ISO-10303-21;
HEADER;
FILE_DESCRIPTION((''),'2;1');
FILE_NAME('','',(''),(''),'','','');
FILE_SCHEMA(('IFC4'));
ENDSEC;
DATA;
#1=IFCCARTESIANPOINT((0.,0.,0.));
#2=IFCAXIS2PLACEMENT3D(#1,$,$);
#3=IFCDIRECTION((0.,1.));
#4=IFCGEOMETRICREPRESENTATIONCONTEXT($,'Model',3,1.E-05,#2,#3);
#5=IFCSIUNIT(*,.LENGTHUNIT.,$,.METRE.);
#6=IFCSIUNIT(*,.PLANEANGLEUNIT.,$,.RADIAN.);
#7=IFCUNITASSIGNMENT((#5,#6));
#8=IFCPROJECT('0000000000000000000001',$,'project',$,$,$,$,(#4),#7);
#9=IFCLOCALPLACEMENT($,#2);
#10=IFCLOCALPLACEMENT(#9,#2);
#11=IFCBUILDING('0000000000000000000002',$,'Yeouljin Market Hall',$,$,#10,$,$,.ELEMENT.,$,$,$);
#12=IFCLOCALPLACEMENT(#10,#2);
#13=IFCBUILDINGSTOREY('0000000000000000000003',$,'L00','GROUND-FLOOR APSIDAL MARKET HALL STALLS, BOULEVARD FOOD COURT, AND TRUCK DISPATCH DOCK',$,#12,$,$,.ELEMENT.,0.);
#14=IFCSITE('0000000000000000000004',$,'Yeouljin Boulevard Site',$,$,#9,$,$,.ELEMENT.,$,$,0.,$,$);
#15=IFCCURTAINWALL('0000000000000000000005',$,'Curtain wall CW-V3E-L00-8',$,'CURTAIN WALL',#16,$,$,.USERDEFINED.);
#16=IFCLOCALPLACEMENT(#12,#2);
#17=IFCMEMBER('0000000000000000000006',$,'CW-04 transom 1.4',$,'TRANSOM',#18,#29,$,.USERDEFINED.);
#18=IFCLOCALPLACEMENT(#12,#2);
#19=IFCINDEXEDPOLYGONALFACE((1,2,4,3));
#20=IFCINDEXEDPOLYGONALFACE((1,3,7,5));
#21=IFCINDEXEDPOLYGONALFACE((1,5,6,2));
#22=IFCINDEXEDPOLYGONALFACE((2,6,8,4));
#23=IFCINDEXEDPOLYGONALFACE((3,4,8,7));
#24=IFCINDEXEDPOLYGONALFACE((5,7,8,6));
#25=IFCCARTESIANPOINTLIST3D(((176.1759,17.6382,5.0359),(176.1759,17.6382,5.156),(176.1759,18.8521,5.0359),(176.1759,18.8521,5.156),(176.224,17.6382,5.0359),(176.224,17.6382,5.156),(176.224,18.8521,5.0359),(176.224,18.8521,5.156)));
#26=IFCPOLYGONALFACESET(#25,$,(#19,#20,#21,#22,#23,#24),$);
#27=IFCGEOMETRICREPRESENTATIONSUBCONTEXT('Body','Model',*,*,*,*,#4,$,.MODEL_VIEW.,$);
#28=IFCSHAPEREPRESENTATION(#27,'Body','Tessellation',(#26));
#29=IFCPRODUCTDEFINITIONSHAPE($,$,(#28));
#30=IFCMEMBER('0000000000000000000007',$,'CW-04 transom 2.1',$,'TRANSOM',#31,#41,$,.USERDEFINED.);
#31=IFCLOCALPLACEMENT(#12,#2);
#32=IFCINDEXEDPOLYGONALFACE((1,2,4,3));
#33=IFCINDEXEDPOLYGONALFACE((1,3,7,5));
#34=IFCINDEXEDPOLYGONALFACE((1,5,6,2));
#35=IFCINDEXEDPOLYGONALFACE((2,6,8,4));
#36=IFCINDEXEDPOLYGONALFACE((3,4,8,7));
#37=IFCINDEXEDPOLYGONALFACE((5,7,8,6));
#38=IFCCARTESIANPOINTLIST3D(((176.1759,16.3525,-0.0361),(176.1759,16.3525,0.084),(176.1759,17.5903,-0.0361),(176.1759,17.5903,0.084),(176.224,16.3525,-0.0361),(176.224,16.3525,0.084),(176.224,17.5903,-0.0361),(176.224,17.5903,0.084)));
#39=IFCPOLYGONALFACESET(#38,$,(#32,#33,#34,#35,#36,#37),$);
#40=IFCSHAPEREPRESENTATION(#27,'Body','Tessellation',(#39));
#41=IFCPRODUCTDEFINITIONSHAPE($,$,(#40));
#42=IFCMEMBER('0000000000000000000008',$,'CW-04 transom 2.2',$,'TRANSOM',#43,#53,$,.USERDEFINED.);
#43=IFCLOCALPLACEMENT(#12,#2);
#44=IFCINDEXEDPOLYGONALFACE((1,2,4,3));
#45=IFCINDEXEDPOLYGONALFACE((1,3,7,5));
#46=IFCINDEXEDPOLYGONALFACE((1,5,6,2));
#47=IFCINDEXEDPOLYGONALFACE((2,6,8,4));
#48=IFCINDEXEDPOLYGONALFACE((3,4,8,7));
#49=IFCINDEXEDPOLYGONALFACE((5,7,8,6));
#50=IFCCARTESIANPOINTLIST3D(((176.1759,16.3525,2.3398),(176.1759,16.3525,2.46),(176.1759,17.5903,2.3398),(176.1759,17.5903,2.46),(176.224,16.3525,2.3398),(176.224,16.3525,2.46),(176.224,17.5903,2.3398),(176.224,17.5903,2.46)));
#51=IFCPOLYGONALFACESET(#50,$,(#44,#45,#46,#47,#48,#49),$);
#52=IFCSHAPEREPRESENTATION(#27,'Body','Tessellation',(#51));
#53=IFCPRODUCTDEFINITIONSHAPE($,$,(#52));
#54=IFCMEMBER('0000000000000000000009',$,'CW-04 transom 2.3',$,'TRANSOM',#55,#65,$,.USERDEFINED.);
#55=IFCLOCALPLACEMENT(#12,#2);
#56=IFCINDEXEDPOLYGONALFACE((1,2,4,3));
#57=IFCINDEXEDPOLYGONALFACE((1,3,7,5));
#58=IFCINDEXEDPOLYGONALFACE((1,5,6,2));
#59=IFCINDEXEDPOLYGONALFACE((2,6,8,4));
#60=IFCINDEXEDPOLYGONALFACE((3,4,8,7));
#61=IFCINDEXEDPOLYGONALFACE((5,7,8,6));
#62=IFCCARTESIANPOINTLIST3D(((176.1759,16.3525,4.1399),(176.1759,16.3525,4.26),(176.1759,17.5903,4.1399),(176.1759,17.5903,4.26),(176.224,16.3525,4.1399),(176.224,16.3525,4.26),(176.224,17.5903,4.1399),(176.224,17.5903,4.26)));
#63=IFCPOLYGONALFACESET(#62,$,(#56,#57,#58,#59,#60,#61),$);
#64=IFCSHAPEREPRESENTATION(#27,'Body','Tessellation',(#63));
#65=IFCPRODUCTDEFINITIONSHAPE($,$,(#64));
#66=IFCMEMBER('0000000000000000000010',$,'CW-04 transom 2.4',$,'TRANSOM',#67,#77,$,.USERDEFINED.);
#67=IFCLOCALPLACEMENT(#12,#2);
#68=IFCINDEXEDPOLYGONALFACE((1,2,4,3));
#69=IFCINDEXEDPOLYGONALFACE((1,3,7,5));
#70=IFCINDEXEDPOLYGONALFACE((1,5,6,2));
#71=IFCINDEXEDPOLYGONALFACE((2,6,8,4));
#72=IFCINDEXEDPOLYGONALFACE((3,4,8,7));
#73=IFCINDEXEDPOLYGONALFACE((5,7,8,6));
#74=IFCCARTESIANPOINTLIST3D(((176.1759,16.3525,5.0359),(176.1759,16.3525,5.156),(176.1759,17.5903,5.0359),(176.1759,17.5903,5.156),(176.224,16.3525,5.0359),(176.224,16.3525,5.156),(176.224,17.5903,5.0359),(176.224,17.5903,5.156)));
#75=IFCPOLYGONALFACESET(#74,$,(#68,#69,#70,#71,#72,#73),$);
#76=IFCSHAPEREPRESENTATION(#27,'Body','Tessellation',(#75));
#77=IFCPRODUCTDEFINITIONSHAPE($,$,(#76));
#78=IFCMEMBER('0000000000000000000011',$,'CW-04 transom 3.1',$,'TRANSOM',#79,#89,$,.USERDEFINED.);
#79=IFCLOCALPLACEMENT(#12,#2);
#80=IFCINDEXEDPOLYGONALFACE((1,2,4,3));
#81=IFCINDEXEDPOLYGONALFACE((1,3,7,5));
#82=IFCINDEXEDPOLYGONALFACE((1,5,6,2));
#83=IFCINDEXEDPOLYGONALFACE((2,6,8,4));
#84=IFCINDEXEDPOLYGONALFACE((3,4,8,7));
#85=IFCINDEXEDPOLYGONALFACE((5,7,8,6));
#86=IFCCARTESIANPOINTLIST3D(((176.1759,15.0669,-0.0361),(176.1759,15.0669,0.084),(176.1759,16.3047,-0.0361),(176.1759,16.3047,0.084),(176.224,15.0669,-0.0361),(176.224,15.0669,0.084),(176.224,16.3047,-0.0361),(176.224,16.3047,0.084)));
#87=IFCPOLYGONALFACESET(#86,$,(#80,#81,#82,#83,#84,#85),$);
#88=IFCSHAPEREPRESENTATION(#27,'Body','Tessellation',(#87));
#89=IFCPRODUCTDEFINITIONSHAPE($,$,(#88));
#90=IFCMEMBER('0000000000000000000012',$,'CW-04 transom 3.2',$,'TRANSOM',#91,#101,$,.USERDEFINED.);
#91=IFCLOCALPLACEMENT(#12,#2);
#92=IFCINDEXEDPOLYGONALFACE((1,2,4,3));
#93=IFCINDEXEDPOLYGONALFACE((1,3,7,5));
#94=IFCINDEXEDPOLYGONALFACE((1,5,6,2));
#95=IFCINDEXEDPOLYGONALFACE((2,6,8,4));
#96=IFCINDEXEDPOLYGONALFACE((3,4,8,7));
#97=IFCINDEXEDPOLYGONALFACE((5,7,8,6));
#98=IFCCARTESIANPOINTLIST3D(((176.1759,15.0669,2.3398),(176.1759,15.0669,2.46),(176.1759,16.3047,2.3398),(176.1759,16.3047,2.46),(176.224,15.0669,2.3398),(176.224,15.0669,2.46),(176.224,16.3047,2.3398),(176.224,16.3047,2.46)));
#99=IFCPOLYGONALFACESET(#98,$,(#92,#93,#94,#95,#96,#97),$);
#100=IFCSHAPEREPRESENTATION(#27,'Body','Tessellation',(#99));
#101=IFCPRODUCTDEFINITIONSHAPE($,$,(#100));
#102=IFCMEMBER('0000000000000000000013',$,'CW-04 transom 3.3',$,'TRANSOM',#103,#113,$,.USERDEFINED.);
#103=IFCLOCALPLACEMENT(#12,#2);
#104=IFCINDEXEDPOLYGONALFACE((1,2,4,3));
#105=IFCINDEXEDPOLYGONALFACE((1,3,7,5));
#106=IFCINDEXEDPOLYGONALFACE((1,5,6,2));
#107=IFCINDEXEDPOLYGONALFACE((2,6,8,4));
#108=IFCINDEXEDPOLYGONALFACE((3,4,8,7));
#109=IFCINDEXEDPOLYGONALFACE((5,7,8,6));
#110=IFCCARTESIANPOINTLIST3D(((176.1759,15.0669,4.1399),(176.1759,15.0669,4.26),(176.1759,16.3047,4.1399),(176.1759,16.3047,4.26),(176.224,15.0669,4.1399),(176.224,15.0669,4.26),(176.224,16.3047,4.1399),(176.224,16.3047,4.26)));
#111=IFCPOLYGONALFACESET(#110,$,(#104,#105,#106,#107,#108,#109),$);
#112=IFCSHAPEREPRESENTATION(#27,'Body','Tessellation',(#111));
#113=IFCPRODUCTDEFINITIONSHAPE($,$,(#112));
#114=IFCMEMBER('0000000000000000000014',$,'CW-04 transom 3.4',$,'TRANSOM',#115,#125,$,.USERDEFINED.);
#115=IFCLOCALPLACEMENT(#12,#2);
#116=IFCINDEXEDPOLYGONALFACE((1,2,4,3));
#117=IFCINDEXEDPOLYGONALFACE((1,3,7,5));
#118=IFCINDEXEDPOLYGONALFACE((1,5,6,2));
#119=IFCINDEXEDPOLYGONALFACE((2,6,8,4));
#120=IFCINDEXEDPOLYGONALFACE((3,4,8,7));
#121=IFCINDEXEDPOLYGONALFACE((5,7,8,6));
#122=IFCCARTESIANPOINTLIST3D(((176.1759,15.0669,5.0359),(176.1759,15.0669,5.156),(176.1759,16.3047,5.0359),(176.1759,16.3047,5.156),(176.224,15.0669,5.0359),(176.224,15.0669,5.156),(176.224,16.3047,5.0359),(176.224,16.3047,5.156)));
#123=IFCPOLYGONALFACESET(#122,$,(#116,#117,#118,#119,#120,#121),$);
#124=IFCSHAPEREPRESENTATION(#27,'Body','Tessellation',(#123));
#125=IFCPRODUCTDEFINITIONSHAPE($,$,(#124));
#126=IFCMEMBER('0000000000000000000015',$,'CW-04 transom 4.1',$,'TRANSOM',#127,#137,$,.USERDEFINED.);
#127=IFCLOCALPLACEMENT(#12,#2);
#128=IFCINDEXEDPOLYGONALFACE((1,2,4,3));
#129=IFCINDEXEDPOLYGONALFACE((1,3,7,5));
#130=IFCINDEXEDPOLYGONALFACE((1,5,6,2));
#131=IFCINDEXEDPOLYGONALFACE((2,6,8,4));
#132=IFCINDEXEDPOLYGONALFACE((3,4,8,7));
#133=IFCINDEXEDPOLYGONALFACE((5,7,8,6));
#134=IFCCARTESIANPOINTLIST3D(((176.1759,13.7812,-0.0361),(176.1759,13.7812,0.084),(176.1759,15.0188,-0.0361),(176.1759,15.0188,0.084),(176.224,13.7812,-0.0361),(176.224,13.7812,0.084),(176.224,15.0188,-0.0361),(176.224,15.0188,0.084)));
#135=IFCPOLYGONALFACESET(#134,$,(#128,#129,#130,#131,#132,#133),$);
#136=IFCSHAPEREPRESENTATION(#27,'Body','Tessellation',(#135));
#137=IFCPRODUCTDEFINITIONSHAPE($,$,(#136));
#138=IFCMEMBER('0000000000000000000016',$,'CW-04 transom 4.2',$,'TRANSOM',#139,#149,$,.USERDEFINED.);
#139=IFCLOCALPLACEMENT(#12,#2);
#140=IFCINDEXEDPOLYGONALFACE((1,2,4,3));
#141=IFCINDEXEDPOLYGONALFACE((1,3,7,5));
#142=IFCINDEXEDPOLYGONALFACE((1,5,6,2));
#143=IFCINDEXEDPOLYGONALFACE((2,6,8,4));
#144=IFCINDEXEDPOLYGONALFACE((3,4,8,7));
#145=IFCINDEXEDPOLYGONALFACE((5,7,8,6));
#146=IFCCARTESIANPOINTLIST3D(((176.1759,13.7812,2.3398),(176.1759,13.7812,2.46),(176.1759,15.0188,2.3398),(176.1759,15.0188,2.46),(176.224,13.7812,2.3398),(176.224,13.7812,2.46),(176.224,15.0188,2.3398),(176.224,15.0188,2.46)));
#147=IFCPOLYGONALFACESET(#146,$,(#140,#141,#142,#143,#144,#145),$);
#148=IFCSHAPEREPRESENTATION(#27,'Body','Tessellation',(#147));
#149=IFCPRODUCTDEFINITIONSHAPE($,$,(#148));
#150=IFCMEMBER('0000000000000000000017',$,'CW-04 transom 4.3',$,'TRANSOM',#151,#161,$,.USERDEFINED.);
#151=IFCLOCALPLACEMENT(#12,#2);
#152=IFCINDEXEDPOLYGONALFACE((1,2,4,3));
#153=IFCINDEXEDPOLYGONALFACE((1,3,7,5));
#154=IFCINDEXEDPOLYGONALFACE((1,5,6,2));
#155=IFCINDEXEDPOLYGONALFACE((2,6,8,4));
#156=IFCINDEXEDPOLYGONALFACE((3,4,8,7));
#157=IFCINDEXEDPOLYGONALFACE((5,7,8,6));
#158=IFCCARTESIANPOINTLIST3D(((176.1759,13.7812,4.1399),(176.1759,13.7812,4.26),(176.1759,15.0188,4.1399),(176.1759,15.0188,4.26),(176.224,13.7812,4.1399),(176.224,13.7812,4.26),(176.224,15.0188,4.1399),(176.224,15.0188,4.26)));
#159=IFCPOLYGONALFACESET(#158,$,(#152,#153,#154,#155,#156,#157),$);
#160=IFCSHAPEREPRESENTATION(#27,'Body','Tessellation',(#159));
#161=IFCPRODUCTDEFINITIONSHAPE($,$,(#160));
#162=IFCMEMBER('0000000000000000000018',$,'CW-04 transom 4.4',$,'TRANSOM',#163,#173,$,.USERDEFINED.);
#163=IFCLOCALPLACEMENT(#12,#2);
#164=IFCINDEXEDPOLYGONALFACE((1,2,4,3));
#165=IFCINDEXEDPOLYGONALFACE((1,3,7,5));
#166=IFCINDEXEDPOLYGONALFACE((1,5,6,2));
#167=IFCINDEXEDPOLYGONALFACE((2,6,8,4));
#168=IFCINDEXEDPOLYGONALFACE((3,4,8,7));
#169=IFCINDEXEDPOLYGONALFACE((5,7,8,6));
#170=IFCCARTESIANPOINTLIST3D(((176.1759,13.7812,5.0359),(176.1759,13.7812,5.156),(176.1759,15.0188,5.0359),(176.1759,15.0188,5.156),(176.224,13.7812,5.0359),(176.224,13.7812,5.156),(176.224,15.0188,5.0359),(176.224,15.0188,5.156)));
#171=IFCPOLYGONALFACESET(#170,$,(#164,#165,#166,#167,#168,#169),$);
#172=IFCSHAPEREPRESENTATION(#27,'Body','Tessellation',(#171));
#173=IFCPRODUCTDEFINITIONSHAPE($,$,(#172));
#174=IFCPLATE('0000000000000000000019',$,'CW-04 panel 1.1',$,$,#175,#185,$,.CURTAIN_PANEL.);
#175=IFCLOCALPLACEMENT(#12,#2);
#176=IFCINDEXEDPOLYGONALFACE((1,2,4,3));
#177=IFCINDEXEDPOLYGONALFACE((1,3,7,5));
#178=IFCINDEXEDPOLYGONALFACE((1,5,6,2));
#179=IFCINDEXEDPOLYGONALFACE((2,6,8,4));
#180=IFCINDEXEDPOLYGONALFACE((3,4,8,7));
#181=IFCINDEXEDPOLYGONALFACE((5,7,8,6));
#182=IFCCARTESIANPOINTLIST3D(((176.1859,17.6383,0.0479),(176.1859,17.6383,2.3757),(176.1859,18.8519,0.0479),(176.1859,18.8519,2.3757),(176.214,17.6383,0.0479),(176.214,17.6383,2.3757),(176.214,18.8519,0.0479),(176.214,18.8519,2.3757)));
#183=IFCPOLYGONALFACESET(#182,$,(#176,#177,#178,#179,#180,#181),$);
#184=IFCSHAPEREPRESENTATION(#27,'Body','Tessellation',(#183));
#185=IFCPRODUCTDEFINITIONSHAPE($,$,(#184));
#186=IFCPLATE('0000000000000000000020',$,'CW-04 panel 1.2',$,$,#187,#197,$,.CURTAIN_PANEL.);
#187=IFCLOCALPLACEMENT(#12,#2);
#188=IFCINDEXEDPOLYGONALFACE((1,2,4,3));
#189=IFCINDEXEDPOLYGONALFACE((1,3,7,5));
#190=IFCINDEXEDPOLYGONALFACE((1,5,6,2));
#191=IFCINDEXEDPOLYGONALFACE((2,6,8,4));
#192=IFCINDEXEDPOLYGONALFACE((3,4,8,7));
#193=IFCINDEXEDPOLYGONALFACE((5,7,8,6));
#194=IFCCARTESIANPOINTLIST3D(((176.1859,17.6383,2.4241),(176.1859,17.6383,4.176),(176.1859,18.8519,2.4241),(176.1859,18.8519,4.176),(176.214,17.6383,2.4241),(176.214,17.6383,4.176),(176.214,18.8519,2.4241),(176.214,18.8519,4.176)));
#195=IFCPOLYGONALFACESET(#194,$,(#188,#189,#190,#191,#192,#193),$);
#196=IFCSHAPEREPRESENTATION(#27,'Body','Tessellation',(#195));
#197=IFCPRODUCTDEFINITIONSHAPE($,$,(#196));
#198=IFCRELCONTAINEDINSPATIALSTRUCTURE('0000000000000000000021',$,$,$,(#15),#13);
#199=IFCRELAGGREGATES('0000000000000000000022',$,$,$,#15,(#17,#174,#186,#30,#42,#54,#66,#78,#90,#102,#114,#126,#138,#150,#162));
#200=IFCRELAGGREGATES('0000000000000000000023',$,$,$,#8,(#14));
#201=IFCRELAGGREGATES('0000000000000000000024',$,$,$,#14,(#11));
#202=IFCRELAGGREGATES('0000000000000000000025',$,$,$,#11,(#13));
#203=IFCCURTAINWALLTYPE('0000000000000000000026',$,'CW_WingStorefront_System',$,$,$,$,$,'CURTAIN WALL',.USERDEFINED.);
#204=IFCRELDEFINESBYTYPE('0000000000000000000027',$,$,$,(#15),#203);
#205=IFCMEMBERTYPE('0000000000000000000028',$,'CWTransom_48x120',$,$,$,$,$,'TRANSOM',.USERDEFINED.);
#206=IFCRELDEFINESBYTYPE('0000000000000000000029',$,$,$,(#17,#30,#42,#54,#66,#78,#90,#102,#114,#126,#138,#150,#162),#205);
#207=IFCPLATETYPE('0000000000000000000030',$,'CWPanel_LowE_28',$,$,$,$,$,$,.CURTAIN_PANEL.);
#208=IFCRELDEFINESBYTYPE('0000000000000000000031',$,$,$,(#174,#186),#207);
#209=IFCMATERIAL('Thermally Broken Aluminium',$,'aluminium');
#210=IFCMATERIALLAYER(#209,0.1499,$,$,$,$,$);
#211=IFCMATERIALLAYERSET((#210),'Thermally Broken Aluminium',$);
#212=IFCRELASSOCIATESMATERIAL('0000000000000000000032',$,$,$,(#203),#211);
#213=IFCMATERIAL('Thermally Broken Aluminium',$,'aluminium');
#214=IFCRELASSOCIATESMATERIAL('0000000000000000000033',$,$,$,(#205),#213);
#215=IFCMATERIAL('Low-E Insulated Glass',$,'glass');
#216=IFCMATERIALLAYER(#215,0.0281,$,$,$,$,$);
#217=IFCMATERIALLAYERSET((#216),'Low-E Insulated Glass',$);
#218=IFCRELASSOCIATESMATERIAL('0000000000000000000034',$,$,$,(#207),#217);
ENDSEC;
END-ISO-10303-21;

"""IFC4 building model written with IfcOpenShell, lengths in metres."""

from ifc_helpers import new_model, si_unit, direction, frame, origin, origin_2d, place, context, subcontext, project, spatial, rectangle, extrude, material, layer, layer_set, material_profile, profile_set, type_object, element, aggregate, save


model = new_model("IFC4")

# Units and contexts
model_context = context("Model", 3, precision=1e-05, world=origin(), true_north=direction((0.0, 1.0)))
body_context = subcontext(model_context, "Body", "Model", "MODEL_VIEW")
ifc_project = project(units=[si_unit("LENGTHUNIT", "METRE"), si_unit("PLANEANGLEUNIT", "RADIAN")], contexts=[model_context])

# Site, building, storey
site_placement = place(None, origin())
site = spatial("IfcSite", under=ifc_project, at=site_placement, Name="Yeouljin Boulevard Site", CompositionType="ELEMENT", RefElevation=0.0)
building_placement = place(site_placement, origin())
building = spatial("IfcBuilding", under=site, at=building_placement, Name="Yeouljin Market Hall", CompositionType="ELEMENT")
storey_placement = place(building_placement, origin())
storey = spatial("IfcBuildingStorey", under=building, at=storey_placement, Name="L00", Description="GROUND-FLOOR APSIDAL MARKET HALL STALLS, BOULEVARD FOOD COURT, AND TRUCK DISPATCH DOCK", CompositionType="ELEMENT", Elevation=0.0)

# Curtain wall, members, plates
ifc_material_1 = material(Name="Thermally Broken Aluminium", Category="aluminium")
ifc_layer_1 = layer(ifc_material_1, 0.1499)
ifc_layer_set_1 = layer_set([ifc_layer_1], Name="Thermally Broken Aluminium")
curtain_wall_type = type_object("IfcCurtainWallType", Name="CW_WingStorefront_System", ElementType="CURTAIN WALL", PredefinedType="USERDEFINED", material=ifc_layer_set_1)
curtain_wall_placement = place(storey_placement, origin())
curtain_wall = element("IfcCurtainWall", 1, at=curtain_wall_placement, inside=storey, type_object=curtain_wall_type, Name="Curtain wall CW-V3E-L00-8", ObjectType="CURTAIN WALL", PredefinedType="USERDEFINED")
ifc_material_2 = material(Name="Thermally Broken Aluminium", Category="aluminium")
ifc_material_profile_1 = material_profile(ifc_material_2, rectangle(XDim=0.0481, YDim=0.1201, at=origin_2d()), Name="CW-TRAN-48x120")
ifc_profile_set_1 = profile_set([ifc_material_profile_1], Name="Thermally Broken Aluminium")
member_type_1 = type_object("IfcMemberType", Name="CWTransom_48x120", ElementType="TRANSOM", PredefinedType="USERDEFINED", material=ifc_profile_set_1)
member_1_placement = place(storey_placement, frame((176.2, 18.8521, 5.0959), z_axis=(0.0, -1.0, 0.0), x_axis=(1.0, 0.0, 0.0)))
member_1 = element("IfcMember", 2, at=member_1_placement, type_object=member_type_1, Name="CW-04 transom 1.4", ObjectType="TRANSOM", PredefinedType="USERDEFINED", context=body_context, shape_type="SweptSolid", body=[
    extrude(rectangle(XDim=0.0481, YDim=0.1201, at=origin_2d()), origin(), (0.0, 0.0, 1.0), 1.2139),
])
member_2_placement = place(storey_placement, frame((176.2, 17.5903, 0.0239), z_axis=(0.0, -1.0, 0.0), x_axis=(1.0, 0.0, 0.0)))
member_2 = element("IfcMember", 3, at=member_2_placement, type_object=member_type_1, Name="CW-04 transom 2.1", ObjectType="TRANSOM", PredefinedType="USERDEFINED", context=body_context, shape_type="SweptSolid", body=[
    extrude(rectangle(XDim=0.0481, YDim=0.1201, at=origin_2d()), origin(), (0.0, 0.0, 1.0), 1.2378),
])
member_3_placement = place(storey_placement, frame((176.2, 17.5903, 2.3999), z_axis=(0.0, -1.0, 0.0), x_axis=(1.0, 0.0, 0.0)))
member_3 = element("IfcMember", 4, at=member_3_placement, type_object=member_type_1, Name="CW-04 transom 2.2", ObjectType="TRANSOM", PredefinedType="USERDEFINED", context=body_context, shape_type="SweptSolid", body=[
    extrude(rectangle(XDim=0.0481, YDim=0.1201, at=origin_2d()), origin(), (0.0, 0.0, 1.0), 1.2378),
])
member_4_placement = place(storey_placement, frame((176.2, 17.5903, 4.2), z_axis=(0.0, -1.0, 0.0), x_axis=(1.0, 0.0, 0.0)))
member_4 = element("IfcMember", 5, at=member_4_placement, type_object=member_type_1, Name="CW-04 transom 2.3", ObjectType="TRANSOM", PredefinedType="USERDEFINED", context=body_context, shape_type="SweptSolid", body=[
    extrude(rectangle(XDim=0.0481, YDim=0.1201, at=origin_2d()), origin(), (0.0, 0.0, 1.0), 1.2378),
])
member_5_placement = place(storey_placement, frame((176.2, 17.5903, 5.0959), z_axis=(0.0, -1.0, 0.0), x_axis=(1.0, 0.0, 0.0)))
member_5 = element("IfcMember", 6, at=member_5_placement, type_object=member_type_1, Name="CW-04 transom 2.4", ObjectType="TRANSOM", PredefinedType="USERDEFINED", context=body_context, shape_type="SweptSolid", body=[
    extrude(rectangle(XDim=0.0481, YDim=0.1201, at=origin_2d()), origin(), (0.0, 0.0, 1.0), 1.2378),
])
member_6_placement = place(storey_placement, frame((176.2, 16.3047, 0.0239), z_axis=(0.0, -1.0, 0.0), x_axis=(1.0, 0.0, 0.0)))
member_6 = element("IfcMember", 7, at=member_6_placement, type_object=member_type_1, Name="CW-04 transom 3.1", ObjectType="TRANSOM", PredefinedType="USERDEFINED", context=body_context, shape_type="SweptSolid", body=[
    extrude(rectangle(XDim=0.0481, YDim=0.1201, at=origin_2d()), origin(), (0.0, 0.0, 1.0), 1.2378),
])
member_7_placement = place(storey_placement, frame((176.2, 16.3047, 2.3999), z_axis=(0.0, -1.0, 0.0), x_axis=(1.0, 0.0, 0.0)))
member_7 = element("IfcMember", 8, at=member_7_placement, type_object=member_type_1, Name="CW-04 transom 3.2", ObjectType="TRANSOM", PredefinedType="USERDEFINED", context=body_context, shape_type="SweptSolid", body=[
    extrude(rectangle(XDim=0.0481, YDim=0.1201, at=origin_2d()), origin(), (0.0, 0.0, 1.0), 1.2378),
])
member_8_placement = place(storey_placement, frame((176.2, 16.3047, 4.2), z_axis=(0.0, -1.0, 0.0), x_axis=(1.0, 0.0, 0.0)))
member_8 = element("IfcMember", 9, at=member_8_placement, type_object=member_type_1, Name="CW-04 transom 3.3", ObjectType="TRANSOM", PredefinedType="USERDEFINED", context=body_context, shape_type="SweptSolid", body=[
    extrude(rectangle(XDim=0.0481, YDim=0.1201, at=origin_2d()), origin(), (0.0, 0.0, 1.0), 1.2378),
])
member_9_placement = place(storey_placement, frame((176.2, 16.3047, 5.0959), z_axis=(0.0, -1.0, 0.0), x_axis=(1.0, 0.0, 0.0)))
member_9 = element("IfcMember", 10, at=member_9_placement, type_object=member_type_1, Name="CW-04 transom 3.4", ObjectType="TRANSOM", PredefinedType="USERDEFINED", context=body_context, shape_type="SweptSolid", body=[
    extrude(rectangle(XDim=0.0481, YDim=0.1201, at=origin_2d()), origin(), (0.0, 0.0, 1.0), 1.2378),
])
member_10_placement = place(storey_placement, frame((176.2, 15.0188, 0.0239), z_axis=(0.0, -1.0, 0.0), x_axis=(1.0, 0.0, 0.0)))
member_10 = element("IfcMember", 11, at=member_10_placement, type_object=member_type_1, Name="CW-04 transom 4.1", ObjectType="TRANSOM", PredefinedType="USERDEFINED", context=body_context, shape_type="SweptSolid", body=[
    extrude(rectangle(XDim=0.0481, YDim=0.1201, at=origin_2d()), origin(), (0.0, 0.0, 1.0), 1.2375),
])
member_11_placement = place(storey_placement, frame((176.2, 15.0188, 2.3999), z_axis=(0.0, -1.0, 0.0), x_axis=(1.0, 0.0, 0.0)))
member_11 = element("IfcMember", 12, at=member_11_placement, type_object=member_type_1, Name="CW-04 transom 4.2", ObjectType="TRANSOM", PredefinedType="USERDEFINED", context=body_context, shape_type="SweptSolid", body=[
    extrude(rectangle(XDim=0.0481, YDim=0.1201, at=origin_2d()), origin(), (0.0, 0.0, 1.0), 1.2375),
])
member_12_placement = place(storey_placement, frame((176.2, 15.0188, 4.2), z_axis=(0.0, -1.0, 0.0), x_axis=(1.0, 0.0, 0.0)))
member_12 = element("IfcMember", 13, at=member_12_placement, type_object=member_type_1, Name="CW-04 transom 4.3", ObjectType="TRANSOM", PredefinedType="USERDEFINED", context=body_context, shape_type="SweptSolid", body=[
    extrude(rectangle(XDim=0.0481, YDim=0.1201, at=origin_2d()), origin(), (0.0, 0.0, 1.0), 1.2375),
])
member_13_placement = place(storey_placement, frame((176.2, 15.0188, 5.0959), z_axis=(0.0, -1.0, 0.0), x_axis=(1.0, 0.0, 0.0)))
member_13 = element("IfcMember", 14, at=member_13_placement, type_object=member_type_1, Name="CW-04 transom 4.4", ObjectType="TRANSOM", PredefinedType="USERDEFINED", context=body_context, shape_type="SweptSolid", body=[
    extrude(rectangle(XDim=0.0481, YDim=0.1201, at=origin_2d()), origin(), (0.0, 0.0, 1.0), 1.2375),
])
ifc_material_3 = material(Name="Low-E Insulated Glass", Category="glass")
ifc_layer_2 = layer(ifc_material_3, 0.0281)
ifc_layer_set_2 = layer_set([ifc_layer_2], Name="Low-E Insulated Glass")
plate_type = type_object("IfcPlateType", Name="CWPanel_LowE_28", PredefinedType="CURTAIN_PANEL", material=ifc_layer_set_2)
plate_1_placement = place(storey_placement, frame((176.2, 18.2451, 0.0479), z_axis=(0.0, 0.0, 1.0), x_axis=(0.0, -1.0, 0.0)))
plate_1 = element("IfcPlate", 15, at=plate_1_placement, type_object=plate_type, Name="CW-04 panel 1.1", PredefinedType="CURTAIN_PANEL", context=body_context, shape_type="SweptSolid", body=[
    extrude(rectangle(XDim=1.2136, YDim=0.0281, at=origin_2d()), origin(), (0.0, 0.0, 1.0), 2.3279),
])
plate_2_placement = place(storey_placement, frame((176.2, 18.2451, 2.4241), z_axis=(0.0, 0.0, 1.0), x_axis=(0.0, -1.0, 0.0)))
plate_2 = element("IfcPlate", 16, at=plate_2_placement, type_object=plate_type, Name="CW-04 panel 1.2", PredefinedType="CURTAIN_PANEL", context=body_context, shape_type="SweptSolid", body=[
    extrude(rectangle(XDim=1.2136, YDim=0.0281, at=origin_2d()), origin(), (0.0, 0.0, 1.0), 1.752),
])
aggregate(curtain_wall, [member_1, plate_1, plate_2, member_2, member_3, member_4, member_5, member_6, member_7, member_8, member_9, member_10, member_11, member_12, member_13])

save(model, "model.ifc")
